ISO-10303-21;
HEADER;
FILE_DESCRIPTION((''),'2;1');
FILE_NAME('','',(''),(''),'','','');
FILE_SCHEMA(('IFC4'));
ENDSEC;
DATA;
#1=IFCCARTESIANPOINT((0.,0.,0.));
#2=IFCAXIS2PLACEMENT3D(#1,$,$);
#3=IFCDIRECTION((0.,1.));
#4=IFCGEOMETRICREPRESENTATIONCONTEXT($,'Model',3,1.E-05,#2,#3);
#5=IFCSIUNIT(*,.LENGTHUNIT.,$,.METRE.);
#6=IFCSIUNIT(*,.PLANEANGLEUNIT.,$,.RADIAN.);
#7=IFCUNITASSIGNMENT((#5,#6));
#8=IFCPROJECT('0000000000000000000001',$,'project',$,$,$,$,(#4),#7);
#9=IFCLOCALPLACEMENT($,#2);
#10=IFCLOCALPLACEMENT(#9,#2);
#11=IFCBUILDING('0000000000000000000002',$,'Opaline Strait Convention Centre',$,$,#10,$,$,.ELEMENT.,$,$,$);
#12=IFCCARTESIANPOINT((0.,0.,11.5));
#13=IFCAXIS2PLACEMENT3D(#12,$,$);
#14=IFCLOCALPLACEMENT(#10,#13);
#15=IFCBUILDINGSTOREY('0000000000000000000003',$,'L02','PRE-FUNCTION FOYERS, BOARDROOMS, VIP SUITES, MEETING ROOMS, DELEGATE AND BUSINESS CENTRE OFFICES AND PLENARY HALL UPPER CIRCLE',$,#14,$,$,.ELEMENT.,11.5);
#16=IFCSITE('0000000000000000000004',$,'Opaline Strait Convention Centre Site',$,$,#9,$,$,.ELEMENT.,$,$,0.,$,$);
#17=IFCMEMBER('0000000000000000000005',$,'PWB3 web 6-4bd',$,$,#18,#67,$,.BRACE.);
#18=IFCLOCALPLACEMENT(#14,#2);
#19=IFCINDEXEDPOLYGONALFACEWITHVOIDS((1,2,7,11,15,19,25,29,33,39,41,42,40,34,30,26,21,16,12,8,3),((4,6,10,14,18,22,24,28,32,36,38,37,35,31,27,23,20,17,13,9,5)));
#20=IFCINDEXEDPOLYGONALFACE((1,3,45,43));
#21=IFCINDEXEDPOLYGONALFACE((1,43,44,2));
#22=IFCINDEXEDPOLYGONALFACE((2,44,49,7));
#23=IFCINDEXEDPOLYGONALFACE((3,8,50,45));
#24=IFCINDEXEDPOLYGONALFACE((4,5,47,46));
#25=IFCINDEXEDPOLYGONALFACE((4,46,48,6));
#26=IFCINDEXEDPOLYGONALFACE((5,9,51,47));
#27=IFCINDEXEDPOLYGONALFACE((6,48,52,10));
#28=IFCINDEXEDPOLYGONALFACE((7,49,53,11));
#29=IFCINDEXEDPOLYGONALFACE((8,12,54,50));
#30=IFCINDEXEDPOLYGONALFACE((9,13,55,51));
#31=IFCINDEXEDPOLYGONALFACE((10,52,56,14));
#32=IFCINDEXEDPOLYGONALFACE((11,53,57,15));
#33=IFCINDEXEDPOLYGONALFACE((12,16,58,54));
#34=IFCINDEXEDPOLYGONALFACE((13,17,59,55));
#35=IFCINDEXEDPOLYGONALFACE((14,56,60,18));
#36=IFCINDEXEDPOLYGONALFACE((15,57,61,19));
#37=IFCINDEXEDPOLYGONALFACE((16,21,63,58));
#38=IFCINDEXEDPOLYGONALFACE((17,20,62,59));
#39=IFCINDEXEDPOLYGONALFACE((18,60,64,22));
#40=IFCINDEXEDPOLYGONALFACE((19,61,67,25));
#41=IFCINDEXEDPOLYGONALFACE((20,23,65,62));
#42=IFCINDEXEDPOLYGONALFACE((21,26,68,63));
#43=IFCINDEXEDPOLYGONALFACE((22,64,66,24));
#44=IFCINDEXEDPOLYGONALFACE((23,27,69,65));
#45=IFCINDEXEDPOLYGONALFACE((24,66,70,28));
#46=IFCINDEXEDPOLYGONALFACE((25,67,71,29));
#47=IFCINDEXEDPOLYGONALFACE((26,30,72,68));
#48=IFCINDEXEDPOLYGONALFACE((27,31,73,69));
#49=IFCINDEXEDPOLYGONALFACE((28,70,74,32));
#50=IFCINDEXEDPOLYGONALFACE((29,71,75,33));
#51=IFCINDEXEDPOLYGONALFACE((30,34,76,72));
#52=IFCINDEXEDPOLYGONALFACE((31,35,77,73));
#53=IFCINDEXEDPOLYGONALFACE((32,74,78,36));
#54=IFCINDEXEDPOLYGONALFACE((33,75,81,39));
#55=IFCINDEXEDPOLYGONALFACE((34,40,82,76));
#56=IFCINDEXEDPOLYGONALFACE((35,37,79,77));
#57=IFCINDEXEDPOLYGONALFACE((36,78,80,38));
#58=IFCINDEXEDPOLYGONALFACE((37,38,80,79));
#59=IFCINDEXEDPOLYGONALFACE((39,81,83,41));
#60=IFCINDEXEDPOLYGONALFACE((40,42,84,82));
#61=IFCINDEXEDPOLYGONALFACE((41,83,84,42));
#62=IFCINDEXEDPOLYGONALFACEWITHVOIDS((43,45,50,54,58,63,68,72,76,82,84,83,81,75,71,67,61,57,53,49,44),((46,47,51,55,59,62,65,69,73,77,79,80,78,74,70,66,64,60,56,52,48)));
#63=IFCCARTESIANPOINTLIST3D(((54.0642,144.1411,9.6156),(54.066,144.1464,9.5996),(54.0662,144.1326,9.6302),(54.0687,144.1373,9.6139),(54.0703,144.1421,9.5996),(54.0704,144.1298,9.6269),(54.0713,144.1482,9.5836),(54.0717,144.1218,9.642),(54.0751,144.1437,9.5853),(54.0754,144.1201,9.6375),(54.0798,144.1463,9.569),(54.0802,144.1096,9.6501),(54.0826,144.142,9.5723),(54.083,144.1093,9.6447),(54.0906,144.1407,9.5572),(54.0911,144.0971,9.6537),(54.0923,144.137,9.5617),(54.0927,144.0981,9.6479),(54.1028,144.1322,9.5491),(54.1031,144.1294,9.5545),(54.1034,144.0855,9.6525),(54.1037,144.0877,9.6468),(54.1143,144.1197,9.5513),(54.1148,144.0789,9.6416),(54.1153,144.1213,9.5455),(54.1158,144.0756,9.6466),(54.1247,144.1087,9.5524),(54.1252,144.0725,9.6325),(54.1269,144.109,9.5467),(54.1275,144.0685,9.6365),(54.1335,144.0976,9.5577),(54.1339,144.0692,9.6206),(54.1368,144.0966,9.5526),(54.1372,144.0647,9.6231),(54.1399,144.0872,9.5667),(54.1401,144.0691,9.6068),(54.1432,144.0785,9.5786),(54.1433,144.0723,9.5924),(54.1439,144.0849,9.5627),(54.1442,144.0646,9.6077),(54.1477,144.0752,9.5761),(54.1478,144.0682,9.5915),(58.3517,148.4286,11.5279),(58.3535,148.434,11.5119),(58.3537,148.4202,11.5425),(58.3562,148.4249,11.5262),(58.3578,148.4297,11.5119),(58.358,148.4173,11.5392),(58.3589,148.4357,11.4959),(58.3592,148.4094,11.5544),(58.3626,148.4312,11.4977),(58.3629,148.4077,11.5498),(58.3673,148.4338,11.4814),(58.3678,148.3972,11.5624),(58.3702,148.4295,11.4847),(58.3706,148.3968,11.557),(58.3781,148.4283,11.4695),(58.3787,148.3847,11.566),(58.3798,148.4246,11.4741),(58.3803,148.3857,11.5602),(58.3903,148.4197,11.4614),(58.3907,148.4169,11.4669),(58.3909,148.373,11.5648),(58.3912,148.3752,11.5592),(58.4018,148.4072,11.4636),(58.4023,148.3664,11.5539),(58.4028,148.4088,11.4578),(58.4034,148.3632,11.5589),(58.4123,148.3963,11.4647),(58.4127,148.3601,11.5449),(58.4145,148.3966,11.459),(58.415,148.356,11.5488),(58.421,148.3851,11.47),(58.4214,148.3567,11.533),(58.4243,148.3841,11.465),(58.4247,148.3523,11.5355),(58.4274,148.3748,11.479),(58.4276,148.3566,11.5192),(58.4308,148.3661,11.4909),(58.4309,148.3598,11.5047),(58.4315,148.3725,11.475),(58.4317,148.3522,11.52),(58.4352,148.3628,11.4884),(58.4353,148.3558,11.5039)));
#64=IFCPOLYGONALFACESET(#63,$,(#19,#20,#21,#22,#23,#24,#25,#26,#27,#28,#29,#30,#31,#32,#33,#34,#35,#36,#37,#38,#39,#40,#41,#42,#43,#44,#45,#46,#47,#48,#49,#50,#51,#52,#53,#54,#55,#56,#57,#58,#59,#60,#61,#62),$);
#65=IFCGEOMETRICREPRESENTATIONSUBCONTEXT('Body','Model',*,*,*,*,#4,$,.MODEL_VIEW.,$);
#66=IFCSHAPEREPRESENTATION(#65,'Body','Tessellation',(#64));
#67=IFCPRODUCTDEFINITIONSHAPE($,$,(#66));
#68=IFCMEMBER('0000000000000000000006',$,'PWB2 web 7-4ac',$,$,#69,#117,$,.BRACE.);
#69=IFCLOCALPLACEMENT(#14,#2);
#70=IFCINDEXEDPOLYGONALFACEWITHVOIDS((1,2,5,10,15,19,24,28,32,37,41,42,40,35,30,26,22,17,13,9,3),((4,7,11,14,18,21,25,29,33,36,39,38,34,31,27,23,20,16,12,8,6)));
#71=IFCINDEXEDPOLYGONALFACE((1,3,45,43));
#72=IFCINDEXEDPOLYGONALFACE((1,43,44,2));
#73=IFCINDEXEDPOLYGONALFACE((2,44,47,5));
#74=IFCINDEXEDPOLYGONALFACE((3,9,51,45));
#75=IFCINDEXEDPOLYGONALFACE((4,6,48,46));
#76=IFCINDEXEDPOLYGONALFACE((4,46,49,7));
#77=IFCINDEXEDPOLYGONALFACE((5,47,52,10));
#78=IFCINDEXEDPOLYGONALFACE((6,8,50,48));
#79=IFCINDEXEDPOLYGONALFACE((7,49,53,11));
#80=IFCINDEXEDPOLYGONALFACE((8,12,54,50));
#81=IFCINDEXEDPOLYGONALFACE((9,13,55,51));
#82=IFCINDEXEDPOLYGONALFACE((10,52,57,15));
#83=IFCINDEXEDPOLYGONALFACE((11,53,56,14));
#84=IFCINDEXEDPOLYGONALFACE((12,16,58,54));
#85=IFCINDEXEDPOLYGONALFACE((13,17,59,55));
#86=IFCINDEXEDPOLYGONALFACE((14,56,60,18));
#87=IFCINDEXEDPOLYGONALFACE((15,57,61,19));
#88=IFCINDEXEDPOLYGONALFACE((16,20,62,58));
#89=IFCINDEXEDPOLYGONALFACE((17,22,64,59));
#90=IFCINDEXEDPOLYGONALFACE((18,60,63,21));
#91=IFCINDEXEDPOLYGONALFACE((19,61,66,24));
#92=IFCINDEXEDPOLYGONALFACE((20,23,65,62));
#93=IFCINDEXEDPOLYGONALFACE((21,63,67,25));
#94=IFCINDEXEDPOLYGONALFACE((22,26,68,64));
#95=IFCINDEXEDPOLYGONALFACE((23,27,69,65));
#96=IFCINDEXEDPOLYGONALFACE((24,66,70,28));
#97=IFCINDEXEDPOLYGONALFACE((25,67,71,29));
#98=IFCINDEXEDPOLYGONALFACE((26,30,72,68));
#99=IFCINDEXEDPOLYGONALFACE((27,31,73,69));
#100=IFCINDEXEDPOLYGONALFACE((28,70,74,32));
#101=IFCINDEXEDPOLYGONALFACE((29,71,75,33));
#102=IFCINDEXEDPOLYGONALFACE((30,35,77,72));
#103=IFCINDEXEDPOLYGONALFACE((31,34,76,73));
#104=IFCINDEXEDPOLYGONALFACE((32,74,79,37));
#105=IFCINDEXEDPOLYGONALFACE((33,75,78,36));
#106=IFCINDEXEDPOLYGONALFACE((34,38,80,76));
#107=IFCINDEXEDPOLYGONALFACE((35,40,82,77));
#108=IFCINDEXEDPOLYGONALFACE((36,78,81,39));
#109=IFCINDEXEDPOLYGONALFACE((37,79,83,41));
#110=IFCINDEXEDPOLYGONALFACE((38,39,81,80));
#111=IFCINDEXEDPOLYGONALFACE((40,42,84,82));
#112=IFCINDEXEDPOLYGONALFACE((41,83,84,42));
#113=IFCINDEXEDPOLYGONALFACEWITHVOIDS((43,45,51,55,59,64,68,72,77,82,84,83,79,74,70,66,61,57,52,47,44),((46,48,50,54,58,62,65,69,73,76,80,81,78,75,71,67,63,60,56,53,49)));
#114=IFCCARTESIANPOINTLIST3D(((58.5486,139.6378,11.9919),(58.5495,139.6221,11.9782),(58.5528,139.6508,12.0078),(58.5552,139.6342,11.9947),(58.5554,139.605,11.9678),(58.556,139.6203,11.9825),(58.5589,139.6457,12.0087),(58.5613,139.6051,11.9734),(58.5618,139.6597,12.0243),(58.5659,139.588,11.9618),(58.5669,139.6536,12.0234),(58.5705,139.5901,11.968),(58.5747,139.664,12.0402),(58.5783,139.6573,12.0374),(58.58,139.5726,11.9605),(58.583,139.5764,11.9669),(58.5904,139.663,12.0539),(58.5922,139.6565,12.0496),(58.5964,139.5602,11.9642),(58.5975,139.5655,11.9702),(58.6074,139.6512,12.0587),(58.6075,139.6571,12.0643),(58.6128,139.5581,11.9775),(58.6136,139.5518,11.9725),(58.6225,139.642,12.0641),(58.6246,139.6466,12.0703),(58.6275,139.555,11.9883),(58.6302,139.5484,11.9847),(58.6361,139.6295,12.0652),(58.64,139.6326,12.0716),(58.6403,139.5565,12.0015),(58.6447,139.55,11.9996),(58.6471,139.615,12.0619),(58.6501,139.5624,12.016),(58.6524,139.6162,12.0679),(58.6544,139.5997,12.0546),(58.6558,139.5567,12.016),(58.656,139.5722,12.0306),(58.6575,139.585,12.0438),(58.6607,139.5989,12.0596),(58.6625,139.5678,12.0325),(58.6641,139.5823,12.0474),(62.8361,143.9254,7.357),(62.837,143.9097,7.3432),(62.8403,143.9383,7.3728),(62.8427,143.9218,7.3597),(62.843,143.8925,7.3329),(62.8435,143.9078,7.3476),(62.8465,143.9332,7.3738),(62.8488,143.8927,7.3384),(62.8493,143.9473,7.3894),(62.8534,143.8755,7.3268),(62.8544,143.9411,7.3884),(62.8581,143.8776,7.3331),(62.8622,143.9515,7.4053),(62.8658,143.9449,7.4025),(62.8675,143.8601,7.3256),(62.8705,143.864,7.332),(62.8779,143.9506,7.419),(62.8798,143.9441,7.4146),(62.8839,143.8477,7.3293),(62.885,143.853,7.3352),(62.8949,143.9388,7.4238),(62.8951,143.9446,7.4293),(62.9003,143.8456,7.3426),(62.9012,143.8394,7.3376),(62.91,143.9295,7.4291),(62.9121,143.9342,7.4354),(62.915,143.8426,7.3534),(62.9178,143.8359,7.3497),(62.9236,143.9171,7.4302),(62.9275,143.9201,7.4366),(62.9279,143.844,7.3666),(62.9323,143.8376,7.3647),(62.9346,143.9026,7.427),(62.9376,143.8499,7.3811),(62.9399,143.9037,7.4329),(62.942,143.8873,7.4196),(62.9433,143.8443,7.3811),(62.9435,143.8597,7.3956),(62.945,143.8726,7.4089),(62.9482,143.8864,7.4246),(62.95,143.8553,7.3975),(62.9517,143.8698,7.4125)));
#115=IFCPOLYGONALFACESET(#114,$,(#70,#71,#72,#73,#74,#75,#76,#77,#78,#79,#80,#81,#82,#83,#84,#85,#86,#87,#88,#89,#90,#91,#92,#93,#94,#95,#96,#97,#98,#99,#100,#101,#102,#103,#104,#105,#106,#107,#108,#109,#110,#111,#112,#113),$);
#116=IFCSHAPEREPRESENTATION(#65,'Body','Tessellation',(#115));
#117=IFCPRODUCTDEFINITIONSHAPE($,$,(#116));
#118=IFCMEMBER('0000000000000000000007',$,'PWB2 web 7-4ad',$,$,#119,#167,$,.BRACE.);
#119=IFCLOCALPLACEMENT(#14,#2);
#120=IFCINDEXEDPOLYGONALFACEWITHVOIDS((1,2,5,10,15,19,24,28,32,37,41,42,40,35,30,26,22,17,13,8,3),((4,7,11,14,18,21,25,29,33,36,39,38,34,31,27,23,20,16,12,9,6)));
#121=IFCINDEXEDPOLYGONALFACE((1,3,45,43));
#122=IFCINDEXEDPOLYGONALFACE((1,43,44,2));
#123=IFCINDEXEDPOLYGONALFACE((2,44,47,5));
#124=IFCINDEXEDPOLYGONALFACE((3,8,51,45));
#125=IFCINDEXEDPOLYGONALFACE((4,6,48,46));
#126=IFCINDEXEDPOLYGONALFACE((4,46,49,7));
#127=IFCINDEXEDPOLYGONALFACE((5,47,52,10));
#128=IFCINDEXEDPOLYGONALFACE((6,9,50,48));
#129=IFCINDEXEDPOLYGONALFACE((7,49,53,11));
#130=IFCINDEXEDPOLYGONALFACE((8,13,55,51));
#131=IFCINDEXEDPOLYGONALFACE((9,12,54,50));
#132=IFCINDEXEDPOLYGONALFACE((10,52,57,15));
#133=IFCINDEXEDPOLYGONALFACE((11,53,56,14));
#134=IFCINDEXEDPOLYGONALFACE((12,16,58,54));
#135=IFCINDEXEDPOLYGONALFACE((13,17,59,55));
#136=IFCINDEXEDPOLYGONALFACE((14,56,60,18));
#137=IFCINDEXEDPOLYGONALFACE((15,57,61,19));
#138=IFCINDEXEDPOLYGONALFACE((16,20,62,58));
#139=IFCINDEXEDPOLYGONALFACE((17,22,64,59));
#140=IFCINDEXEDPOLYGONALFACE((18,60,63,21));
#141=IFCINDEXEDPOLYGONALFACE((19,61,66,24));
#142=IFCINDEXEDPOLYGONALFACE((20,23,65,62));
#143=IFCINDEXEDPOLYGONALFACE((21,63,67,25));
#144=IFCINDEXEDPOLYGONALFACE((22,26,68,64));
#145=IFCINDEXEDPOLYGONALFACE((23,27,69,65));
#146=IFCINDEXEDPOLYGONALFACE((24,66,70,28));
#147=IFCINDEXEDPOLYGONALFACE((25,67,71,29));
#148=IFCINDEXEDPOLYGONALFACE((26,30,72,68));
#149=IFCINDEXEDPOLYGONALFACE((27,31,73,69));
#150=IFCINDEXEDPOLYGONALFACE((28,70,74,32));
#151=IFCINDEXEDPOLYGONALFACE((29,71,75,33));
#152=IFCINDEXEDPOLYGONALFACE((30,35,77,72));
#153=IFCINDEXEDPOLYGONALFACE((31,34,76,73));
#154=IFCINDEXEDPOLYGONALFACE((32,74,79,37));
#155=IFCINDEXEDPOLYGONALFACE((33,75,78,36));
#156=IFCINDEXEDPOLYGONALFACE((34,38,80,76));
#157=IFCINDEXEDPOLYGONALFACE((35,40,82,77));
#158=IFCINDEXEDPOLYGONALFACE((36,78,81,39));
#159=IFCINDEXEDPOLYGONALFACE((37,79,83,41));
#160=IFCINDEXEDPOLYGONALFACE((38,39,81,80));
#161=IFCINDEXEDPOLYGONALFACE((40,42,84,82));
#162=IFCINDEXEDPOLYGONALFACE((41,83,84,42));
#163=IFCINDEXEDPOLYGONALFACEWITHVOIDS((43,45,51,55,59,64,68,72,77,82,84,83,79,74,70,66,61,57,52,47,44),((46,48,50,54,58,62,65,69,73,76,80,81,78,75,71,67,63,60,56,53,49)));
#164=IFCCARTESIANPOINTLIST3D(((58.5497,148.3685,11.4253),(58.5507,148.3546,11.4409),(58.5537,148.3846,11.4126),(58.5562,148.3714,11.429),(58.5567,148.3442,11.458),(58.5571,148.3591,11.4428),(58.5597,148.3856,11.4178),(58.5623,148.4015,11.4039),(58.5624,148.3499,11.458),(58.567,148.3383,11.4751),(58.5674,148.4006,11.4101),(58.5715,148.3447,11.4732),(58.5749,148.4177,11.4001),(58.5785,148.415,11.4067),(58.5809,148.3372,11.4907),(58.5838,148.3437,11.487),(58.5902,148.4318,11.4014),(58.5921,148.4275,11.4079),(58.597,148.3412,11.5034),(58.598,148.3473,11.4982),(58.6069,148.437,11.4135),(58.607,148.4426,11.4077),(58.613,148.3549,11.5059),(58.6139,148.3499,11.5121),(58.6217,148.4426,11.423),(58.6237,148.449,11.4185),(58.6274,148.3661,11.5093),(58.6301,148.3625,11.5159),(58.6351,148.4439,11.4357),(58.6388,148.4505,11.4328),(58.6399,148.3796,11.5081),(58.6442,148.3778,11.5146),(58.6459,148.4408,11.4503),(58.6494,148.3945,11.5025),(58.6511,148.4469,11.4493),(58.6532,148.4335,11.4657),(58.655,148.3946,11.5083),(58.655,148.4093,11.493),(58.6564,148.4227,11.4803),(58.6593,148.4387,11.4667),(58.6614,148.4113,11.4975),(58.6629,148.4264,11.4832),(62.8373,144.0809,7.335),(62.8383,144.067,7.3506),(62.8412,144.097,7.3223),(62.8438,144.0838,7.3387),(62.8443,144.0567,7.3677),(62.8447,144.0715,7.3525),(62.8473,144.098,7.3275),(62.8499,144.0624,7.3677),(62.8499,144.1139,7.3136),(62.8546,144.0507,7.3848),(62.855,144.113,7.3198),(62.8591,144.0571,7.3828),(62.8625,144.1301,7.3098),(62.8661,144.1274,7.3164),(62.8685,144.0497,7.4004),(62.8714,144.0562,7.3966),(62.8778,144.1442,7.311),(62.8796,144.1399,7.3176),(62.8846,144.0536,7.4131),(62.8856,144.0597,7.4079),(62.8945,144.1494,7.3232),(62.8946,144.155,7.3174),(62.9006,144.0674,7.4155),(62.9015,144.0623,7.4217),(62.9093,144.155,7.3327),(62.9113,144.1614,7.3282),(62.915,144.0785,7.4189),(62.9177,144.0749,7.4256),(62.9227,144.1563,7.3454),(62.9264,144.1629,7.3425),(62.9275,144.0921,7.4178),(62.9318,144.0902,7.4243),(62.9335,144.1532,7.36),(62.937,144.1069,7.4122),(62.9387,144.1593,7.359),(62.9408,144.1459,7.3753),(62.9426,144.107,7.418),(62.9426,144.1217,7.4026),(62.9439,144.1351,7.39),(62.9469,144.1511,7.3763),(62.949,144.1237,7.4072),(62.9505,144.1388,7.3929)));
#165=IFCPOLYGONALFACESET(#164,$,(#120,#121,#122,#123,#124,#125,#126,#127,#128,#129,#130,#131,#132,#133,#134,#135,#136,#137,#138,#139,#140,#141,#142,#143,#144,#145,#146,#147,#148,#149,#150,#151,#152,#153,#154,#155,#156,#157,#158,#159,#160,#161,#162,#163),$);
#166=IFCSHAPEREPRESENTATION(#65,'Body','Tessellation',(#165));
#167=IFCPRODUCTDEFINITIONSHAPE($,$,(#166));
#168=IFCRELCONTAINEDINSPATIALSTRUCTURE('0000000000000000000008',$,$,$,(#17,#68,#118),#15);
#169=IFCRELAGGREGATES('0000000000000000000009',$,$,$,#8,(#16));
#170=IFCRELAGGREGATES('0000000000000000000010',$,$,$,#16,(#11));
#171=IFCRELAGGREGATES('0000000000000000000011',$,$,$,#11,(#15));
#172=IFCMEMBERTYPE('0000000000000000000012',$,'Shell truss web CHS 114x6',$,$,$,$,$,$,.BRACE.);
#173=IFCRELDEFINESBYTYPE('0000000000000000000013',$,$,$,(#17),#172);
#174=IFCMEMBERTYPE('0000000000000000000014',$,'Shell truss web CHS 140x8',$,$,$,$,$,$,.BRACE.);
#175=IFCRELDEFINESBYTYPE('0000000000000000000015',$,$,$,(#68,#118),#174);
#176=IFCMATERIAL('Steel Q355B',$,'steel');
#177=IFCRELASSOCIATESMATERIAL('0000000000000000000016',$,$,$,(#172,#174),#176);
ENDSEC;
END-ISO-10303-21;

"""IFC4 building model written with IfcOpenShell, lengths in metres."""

from ifc_helpers import new_model, si_unit, direction, frame, origin, origin_2d, place, context, subcontext, project, spatial, hollow_circle, extrude, material, material_profile, profile_set, type_object, element, save


model = new_model("IFC4")

# Units and contexts
model_context = context("Model", 3, precision=1e-05, world=origin(), true_north=direction((0.0, 1.0)))
body_context = subcontext(model_context, "Body", "Model", "MODEL_VIEW")
ifc_project = project(units=[si_unit("LENGTHUNIT", "METRE"), si_unit("PLANEANGLEUNIT", "RADIAN")], contexts=[model_context])

# Site, building, storey
site_placement = place(None, origin())
site = spatial("IfcSite", under=ifc_project, at=site_placement, Name="Opaline Strait Convention Centre Site", CompositionType="ELEMENT", RefElevation=0.0)
building_placement = place(site_placement, origin())
building = spatial("IfcBuilding", under=site, at=building_placement, Name="Opaline Strait Convention Centre", CompositionType="ELEMENT")
storey_placement = place(building_placement, frame((0.0, 0.0, 11.5)))
storey = spatial("IfcBuildingStorey", under=building, at=storey_placement, Name="L02", Description="PRE-FUNCTION FOYERS, BOARDROOMS, VIP SUITES, MEETING ROOMS, DELEGATE AND BUSINESS CENTRE OFFICES AND PLENARY HALL UPPER CIRCLE", CompositionType="ELEMENT", Elevation=11.5)

# Members
ifc_material_1 = material(Name="Steel Q355B", Category="steel")
ifc_material_profile_1 = material_profile(ifc_material_1, hollow_circle(Radius=0.0569, WallThickness=0.0061, at=origin_2d()), Name="CHS 114x6")
ifc_profile_set_1 = profile_set([ifc_material_profile_1], Name="Steel Q355B")
member_type_1 = type_object("IfcMemberType", Name="Shell truss web CHS 114x6", PredefinedType="BRACE", material=ifc_profile_set_1)
member_1_placement = place(storey_placement, frame((54.1062, 144.1062, 9.5996), z_axis=(0.674363, 0.674363, 0.300779), x_axis=(-0.707107, 0.707107, 0.0)))
element("IfcMember", 1, at=member_1_placement, inside=storey, type_object=member_type_1, Name="PWB3 web 6-4bd", PredefinedType="BRACE", context=body_context, shape_type="SweptSolid", body=[
    extrude(hollow_circle(Radius=0.0569, WallThickness=0.0061, at=origin_2d()), origin(), (0.0, 0.0, 1.0), 6.3579),
])
ifc_material_profile_2 = material_profile(ifc_material_1, hollow_circle(Radius=0.0701, WallThickness=0.0081, at=origin_2d()), Name="CHS 140x8")
ifc_profile_set_2 = profile_set([ifc_material_profile_2], Name="Steel Q355B")
member_type_2 = type_object("IfcMemberType", Name="Shell truss web CHS 140x8", PredefinedType="BRACE", material=ifc_profile_set_2)
member_2_placement = place(storey_placement, frame((62.8938, 143.8938, 7.3811), z_axis=(-0.561778, -0.561778, 0.607298), x_axis=(0.707107, -0.707107, 0.0)))
element("IfcMember", 2, at=member_2_placement, inside=storey, type_object=member_type_2, Name="PWB2 web 7-4ac", PredefinedType="BRACE", context=body_context, shape_type="SweptSolid", body=[
    extrude(hollow_circle(Radius=0.0701, WallThickness=0.0081, at=origin_2d()), origin(), (0.0, 0.0, 1.0), 7.6321),
])
member_3_placement = place(storey_placement, frame((62.8938, 144.1062, 7.3677), z_axis=(-0.5862, 0.5862, 0.55923), x_axis=(-0.707107, -0.707107, 0.0)))
element("IfcMember", 3, at=member_3_placement, inside=storey, type_object=member_type_2, Name="PWB2 web 7-4ad", PredefinedType="BRACE", context=body_context, shape_type="SweptSolid", body=[
    extrude(hollow_circle(Radius=0.0701, WallThickness=0.0081, at=origin_2d()), origin(), (0.0, 0.0, 1.0), 7.3142),
])

save(model, "model.ifc")
